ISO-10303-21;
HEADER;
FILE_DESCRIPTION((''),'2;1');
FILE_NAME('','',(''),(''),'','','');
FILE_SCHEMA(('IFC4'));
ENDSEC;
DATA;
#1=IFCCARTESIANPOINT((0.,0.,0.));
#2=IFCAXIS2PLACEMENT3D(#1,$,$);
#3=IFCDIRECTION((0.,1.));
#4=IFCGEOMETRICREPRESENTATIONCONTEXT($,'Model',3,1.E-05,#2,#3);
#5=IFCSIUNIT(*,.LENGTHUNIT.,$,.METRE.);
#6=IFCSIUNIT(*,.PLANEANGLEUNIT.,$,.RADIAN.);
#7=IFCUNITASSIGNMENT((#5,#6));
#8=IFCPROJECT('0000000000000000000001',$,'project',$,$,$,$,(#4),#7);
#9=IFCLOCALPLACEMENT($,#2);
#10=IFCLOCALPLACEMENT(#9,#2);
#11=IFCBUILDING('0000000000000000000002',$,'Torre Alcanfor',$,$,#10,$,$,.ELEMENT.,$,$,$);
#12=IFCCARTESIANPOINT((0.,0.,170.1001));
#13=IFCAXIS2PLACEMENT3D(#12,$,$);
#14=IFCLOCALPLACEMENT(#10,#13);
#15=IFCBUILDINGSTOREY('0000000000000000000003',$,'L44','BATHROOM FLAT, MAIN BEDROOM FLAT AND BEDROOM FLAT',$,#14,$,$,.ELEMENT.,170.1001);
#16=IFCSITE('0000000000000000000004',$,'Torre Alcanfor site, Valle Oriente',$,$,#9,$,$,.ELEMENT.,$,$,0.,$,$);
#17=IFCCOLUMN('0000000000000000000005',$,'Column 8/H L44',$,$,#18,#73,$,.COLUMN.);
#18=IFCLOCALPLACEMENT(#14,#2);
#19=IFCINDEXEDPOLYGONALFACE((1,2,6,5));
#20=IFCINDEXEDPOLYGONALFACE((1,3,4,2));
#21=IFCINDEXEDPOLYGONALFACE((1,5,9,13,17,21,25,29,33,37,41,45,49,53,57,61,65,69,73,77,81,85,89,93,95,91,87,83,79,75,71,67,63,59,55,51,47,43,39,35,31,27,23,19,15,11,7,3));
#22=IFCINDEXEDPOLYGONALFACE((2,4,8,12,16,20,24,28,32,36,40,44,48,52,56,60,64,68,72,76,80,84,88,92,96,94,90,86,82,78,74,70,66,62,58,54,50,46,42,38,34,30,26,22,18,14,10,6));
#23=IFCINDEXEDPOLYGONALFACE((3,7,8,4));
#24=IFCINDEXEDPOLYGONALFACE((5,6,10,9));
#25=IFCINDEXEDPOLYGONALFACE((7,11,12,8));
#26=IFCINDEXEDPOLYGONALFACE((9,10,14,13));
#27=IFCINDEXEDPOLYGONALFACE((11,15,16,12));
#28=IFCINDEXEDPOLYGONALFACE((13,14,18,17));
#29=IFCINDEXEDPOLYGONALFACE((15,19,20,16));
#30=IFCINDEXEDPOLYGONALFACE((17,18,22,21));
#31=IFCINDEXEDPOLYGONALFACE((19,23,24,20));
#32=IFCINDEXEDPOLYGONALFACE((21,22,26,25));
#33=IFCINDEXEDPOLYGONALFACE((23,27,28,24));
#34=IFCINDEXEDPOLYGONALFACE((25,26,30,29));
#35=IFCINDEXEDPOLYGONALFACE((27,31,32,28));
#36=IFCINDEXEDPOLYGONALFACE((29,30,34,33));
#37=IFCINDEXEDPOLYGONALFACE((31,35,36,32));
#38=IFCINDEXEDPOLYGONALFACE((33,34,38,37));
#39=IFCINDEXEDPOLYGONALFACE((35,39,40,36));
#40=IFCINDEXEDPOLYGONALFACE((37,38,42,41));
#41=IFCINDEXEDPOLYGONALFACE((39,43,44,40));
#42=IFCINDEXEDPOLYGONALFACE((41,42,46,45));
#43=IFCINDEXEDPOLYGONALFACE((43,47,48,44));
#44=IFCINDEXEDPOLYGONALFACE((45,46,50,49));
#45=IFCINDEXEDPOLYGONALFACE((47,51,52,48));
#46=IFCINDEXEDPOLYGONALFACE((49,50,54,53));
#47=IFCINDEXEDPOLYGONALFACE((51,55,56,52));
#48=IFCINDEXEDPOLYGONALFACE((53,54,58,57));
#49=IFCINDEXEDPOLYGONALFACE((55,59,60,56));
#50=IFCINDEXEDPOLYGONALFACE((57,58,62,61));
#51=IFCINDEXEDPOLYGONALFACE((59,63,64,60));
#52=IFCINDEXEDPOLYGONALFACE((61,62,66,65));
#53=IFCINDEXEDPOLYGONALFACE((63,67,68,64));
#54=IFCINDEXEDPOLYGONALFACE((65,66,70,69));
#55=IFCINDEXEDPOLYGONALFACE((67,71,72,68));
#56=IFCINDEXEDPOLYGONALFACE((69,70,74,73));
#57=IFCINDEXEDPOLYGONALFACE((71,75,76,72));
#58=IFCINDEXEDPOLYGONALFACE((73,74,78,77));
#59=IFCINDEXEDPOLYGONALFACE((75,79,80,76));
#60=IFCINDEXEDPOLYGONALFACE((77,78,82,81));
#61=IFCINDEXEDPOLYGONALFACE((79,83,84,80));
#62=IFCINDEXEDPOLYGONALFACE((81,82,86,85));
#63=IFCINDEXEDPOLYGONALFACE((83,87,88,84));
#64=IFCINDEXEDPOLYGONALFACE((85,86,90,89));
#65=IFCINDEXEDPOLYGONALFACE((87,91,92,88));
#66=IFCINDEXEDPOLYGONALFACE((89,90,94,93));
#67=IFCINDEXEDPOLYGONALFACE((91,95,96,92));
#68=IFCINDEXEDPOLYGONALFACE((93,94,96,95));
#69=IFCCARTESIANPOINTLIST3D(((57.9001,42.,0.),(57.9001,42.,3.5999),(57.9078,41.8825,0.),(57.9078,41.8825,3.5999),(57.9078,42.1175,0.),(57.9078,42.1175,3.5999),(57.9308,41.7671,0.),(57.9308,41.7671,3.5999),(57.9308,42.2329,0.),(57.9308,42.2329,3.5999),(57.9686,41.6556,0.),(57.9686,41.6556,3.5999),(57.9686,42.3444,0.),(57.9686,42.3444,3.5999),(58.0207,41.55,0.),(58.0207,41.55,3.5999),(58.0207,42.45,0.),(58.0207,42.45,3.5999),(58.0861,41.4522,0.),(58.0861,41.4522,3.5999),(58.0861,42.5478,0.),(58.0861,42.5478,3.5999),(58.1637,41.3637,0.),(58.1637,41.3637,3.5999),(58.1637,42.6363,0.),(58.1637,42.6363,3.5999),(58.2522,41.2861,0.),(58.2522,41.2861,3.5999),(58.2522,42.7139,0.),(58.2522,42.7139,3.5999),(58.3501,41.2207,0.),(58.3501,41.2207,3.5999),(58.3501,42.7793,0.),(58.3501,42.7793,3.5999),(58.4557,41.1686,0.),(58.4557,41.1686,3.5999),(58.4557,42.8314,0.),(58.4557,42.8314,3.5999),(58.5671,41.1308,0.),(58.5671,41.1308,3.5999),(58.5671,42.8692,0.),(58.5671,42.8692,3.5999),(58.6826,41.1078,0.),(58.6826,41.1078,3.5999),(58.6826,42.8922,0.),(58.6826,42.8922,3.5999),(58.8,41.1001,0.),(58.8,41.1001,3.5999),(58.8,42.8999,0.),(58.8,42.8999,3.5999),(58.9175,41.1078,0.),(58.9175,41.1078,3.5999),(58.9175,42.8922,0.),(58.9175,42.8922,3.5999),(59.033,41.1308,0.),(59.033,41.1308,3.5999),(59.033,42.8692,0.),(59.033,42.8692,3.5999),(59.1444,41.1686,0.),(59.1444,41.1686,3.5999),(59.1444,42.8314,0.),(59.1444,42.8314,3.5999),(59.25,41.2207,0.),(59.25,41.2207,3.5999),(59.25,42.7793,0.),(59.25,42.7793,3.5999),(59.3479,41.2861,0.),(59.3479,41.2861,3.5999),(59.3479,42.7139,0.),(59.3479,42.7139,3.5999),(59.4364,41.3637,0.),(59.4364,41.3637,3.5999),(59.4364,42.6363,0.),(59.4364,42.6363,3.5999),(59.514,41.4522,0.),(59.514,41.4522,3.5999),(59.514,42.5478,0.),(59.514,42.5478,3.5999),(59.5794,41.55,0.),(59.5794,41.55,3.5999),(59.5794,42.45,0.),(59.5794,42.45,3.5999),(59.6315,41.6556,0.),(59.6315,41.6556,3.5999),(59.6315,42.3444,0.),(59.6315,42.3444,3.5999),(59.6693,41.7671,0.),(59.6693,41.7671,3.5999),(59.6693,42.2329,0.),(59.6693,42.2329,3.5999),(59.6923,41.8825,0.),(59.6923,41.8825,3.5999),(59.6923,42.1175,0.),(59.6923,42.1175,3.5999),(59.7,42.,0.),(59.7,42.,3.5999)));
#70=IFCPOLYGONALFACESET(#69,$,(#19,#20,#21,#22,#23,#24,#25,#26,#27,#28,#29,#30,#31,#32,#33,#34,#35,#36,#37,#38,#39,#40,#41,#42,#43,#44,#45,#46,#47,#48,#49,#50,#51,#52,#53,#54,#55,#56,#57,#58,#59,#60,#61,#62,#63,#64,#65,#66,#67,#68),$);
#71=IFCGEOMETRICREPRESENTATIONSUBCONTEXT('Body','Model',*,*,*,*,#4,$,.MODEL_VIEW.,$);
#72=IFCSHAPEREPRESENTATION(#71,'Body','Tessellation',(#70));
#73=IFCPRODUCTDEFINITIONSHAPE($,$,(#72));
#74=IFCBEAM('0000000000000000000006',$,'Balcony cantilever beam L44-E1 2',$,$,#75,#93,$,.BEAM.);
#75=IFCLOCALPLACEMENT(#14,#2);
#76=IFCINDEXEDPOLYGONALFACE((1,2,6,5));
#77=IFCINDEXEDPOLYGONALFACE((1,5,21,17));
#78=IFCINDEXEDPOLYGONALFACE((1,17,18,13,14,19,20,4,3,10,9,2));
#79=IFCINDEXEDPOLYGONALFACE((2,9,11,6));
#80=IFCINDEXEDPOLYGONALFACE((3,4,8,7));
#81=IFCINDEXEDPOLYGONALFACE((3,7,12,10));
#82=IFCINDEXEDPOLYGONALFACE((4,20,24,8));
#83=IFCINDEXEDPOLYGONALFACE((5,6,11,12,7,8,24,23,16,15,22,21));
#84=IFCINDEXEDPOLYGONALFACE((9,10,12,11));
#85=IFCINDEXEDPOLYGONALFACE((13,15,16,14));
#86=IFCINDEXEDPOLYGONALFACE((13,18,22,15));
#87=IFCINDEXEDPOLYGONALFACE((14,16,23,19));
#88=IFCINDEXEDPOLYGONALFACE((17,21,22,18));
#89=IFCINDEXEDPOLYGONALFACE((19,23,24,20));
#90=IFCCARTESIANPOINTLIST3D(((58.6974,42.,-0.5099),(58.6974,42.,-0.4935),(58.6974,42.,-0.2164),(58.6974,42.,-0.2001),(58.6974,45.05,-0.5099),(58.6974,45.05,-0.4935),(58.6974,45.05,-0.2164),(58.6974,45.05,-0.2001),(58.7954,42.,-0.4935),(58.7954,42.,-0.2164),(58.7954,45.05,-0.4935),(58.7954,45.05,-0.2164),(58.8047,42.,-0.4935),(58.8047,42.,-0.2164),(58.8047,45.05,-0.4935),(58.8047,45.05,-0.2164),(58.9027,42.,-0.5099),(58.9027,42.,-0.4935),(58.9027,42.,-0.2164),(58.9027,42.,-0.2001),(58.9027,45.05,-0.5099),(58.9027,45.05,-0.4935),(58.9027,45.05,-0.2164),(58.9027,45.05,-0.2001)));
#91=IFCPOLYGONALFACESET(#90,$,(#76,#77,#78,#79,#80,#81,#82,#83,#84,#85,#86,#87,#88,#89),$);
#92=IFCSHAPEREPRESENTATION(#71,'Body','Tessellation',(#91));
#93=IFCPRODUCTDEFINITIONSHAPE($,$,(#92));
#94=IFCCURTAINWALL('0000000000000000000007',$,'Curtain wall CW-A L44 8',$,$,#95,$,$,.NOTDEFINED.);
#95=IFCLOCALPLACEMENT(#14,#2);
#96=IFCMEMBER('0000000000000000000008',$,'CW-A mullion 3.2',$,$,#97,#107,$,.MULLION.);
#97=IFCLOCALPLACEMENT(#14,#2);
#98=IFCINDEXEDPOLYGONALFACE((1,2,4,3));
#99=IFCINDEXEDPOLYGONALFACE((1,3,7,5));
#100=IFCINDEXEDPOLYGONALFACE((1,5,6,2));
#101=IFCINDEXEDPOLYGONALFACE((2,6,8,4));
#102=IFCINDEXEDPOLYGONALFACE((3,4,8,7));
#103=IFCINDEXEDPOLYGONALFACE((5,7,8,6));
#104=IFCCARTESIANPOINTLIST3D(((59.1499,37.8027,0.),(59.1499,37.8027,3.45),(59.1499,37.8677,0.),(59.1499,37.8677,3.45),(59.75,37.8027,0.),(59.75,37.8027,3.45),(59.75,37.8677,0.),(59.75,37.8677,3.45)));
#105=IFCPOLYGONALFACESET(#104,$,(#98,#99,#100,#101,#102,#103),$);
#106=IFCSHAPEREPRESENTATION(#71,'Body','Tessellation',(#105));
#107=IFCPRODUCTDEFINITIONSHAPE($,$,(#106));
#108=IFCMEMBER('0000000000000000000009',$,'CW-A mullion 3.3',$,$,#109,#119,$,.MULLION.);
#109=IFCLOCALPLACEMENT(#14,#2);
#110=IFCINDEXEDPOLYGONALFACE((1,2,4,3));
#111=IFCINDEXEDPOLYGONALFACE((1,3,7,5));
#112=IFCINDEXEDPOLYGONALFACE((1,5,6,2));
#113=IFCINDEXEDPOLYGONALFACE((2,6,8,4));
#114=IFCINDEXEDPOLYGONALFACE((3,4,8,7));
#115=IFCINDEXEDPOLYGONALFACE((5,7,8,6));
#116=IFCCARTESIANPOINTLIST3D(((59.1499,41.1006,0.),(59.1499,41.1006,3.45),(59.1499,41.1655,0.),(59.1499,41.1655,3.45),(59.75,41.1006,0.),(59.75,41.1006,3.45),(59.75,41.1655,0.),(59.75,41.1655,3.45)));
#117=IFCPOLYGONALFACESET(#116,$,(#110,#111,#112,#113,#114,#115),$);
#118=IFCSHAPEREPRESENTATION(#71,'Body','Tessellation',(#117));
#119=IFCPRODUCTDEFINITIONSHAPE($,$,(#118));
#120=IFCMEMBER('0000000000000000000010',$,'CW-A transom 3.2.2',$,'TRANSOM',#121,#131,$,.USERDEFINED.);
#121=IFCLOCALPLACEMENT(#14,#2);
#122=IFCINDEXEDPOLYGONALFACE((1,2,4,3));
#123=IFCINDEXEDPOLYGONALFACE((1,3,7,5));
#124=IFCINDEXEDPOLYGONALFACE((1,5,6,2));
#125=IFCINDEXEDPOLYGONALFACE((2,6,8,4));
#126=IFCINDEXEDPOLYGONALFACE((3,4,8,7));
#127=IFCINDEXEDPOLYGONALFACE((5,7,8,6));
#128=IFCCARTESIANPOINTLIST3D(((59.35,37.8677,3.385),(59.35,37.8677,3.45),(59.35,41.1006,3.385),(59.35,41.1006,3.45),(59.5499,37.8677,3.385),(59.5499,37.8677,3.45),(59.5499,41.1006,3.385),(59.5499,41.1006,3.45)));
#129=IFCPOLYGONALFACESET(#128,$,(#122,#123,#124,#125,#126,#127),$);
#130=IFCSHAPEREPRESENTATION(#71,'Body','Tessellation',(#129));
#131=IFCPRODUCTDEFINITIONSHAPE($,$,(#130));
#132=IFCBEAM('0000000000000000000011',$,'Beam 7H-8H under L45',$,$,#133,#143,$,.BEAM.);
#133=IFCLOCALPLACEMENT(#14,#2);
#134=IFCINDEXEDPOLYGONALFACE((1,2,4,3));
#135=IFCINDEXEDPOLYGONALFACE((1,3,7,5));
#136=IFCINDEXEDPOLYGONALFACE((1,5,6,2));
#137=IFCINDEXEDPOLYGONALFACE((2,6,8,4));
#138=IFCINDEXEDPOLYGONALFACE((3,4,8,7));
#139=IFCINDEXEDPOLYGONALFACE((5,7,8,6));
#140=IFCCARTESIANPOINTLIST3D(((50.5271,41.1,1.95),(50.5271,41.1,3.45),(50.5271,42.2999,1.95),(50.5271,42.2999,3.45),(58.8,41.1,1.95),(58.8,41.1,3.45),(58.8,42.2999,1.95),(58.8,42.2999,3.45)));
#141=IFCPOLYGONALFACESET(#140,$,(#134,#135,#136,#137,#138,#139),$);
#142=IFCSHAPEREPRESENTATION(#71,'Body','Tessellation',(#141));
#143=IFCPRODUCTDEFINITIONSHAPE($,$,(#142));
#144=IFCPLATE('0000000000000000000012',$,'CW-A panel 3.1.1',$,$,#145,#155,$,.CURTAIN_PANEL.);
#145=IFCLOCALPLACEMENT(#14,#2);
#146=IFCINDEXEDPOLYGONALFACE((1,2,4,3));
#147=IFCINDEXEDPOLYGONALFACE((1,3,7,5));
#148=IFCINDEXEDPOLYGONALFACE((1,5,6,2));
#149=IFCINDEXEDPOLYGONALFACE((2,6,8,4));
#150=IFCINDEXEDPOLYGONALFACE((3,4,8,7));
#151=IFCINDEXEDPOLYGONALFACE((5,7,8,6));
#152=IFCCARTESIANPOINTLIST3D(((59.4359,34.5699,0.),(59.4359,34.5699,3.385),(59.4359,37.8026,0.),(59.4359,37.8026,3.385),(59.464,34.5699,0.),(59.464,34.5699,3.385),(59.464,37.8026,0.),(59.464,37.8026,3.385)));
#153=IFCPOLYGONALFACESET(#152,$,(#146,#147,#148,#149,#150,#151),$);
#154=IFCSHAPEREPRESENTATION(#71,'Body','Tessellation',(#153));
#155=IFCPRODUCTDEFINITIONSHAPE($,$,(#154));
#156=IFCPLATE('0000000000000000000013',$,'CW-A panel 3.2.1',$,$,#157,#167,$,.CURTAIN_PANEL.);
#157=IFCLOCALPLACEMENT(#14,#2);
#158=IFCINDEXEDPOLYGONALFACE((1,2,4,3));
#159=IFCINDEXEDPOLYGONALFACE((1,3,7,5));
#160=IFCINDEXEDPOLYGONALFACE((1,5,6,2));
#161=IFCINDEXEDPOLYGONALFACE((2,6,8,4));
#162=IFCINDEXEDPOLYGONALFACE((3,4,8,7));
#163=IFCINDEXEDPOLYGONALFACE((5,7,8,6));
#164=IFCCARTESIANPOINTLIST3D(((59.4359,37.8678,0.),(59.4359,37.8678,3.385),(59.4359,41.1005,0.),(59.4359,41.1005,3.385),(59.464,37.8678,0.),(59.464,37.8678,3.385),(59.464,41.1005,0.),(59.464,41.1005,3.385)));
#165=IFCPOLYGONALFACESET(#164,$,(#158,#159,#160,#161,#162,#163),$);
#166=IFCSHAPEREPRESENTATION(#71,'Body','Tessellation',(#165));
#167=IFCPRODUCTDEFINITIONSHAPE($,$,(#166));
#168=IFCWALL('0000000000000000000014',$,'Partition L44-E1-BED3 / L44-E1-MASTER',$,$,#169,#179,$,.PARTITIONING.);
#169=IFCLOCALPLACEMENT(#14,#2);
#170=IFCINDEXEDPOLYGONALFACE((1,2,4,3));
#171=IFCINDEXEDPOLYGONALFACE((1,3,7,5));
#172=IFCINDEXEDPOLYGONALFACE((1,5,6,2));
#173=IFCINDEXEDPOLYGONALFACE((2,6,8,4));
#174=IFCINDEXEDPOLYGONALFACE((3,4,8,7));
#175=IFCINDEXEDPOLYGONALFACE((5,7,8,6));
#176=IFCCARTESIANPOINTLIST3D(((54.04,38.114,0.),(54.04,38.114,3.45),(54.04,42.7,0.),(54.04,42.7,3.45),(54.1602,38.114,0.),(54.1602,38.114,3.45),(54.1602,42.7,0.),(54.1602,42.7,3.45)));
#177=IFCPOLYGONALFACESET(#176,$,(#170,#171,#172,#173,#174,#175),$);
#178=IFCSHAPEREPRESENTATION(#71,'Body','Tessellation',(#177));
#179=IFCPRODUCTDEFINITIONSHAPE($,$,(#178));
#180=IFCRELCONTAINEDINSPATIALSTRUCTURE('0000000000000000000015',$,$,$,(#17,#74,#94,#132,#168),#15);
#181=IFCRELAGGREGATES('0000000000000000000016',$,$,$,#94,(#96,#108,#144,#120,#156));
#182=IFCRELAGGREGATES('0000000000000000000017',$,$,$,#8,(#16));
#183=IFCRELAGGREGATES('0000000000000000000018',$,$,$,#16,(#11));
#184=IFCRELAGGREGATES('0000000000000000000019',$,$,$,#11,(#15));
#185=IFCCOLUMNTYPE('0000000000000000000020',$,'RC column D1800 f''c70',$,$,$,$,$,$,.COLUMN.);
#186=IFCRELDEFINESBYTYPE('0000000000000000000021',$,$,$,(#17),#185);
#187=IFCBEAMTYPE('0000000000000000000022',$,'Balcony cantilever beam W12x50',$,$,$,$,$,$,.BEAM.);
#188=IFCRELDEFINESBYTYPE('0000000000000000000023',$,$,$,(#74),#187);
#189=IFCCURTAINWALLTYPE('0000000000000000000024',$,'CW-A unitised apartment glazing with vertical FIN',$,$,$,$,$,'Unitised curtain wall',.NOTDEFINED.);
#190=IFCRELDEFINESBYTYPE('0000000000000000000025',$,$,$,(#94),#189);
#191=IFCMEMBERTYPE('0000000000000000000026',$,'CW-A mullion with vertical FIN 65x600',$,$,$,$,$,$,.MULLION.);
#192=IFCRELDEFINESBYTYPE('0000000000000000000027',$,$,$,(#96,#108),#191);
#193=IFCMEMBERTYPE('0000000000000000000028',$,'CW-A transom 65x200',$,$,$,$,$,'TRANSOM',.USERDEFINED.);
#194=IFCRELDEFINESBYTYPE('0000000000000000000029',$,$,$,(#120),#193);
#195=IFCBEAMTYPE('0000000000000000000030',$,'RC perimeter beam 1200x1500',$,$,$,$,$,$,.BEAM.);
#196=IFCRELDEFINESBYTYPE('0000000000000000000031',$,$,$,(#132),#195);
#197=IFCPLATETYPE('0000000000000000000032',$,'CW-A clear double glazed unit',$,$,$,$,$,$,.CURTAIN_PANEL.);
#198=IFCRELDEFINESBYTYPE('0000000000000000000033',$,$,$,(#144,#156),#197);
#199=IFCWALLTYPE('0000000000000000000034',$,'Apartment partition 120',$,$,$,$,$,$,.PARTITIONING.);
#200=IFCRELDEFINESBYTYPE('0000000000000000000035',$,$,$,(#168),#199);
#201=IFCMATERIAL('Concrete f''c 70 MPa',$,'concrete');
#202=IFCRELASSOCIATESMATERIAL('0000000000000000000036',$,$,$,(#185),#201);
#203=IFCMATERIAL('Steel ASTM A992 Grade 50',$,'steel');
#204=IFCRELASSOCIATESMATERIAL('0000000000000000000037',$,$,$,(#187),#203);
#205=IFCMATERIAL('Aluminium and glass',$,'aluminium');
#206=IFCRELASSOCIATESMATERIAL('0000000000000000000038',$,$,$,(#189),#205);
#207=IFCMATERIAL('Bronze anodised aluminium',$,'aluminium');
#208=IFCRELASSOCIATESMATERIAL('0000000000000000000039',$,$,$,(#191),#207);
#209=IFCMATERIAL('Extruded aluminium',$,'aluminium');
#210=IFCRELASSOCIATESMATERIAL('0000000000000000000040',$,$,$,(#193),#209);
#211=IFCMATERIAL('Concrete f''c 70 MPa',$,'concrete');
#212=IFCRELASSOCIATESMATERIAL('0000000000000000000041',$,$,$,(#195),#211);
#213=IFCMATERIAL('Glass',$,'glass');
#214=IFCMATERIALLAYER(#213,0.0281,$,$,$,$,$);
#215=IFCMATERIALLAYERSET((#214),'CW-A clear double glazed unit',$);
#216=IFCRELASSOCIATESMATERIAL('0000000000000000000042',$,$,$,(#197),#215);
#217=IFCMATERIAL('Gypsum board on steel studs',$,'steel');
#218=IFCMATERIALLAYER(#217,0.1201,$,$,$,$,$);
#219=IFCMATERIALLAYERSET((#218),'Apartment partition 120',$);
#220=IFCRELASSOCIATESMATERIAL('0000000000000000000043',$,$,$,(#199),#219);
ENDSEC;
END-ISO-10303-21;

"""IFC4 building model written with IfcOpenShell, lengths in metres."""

from ifc_helpers import new_model, si_unit, direction, frame, frame_2d, origin, origin_2d, place, context, subcontext, project, spatial, rectangle, circle, i_section, extrude, material, layer, layer_set, material_profile, profile_set, type_object, element, aggregate, save


model = new_model("IFC4")

# Units and contexts
model_context = context("Model", 3, precision=1e-05, world=origin(), true_north=direction((0.0, 1.0)))
body_context = subcontext(model_context, "Body", "Model", "MODEL_VIEW")
ifc_project = project(units=[si_unit("LENGTHUNIT", "METRE"), si_unit("PLANEANGLEUNIT", "RADIAN")], contexts=[model_context])

# Site, building, storey
site_placement = place(None, origin())
site = spatial("IfcSite", under=ifc_project, at=site_placement, Name="Torre Alcanfor site, Valle Oriente", CompositionType="ELEMENT", RefElevation=0.0)
building_placement = place(site_placement, origin())
building = spatial("IfcBuilding", under=site, at=building_placement, Name="Torre Alcanfor", CompositionType="ELEMENT")
storey_placement = place(building_placement, frame((0.0, 0.0, 170.1001)))
storey = spatial("IfcBuildingStorey", under=building, at=storey_placement, Name="L44", Description="BATHROOM FLAT, MAIN BEDROOM FLAT AND BEDROOM FLAT", CompositionType="ELEMENT", Elevation=170.1001)

# Column
ifc_material_1 = material(Name="Concrete f'c 70 MPa", Category="concrete")
ifc_material_profile_1 = material_profile(ifc_material_1, circle(Radius=0.8999, at=origin_2d()), Name="D1800")
ifc_profile_set_1 = profile_set([ifc_material_profile_1], Name="Concrete f'c 70 MPa")
column_type = type_object("IfcColumnType", Name="RC column D1800 f'c70", PredefinedType="COLUMN", material=ifc_profile_set_1)
column_placement = place(storey_placement, frame((58.8, 42.0, 0.0), z_axis=(0.0, 0.0, 1.0), x_axis=(1.0, 0.0, 0.0)))
element("IfcColumn", 1, at=column_placement, inside=storey, type_object=column_type, Name="Column 8/H L44", PredefinedType="COLUMN", context=body_context, shape_type="SweptSolid", body=[
    extrude(circle(Radius=0.8999, at=origin_2d()), origin(), (0.0, 0.0, 1.0), 3.5999),
])

# Beam
ifc_material_2 = material(Name="Steel ASTM A992 Grade 50", Category="steel")
ifc_material_profile_2 = material_profile(ifc_material_2, i_section(OverallWidth=0.2053, OverallDepth=0.3098, WebThickness=0.0093, FlangeThickness=0.0164, at=origin_2d()), Name="W12x50")
ifc_profile_set_2 = profile_set([ifc_material_profile_2], Name="Steel ASTM A992 Grade 50")
beam_type_1 = type_object("IfcBeamType", Name="Balcony cantilever beam W12x50", PredefinedType="BEAM", material=ifc_profile_set_2)
beam_1_placement = place(storey_placement, frame((58.8, 42.0, -0.355), z_axis=(0.0, 1.0, 0.0), x_axis=(-1.0, 0.0, 0.0)))
element("IfcBeam", 2, at=beam_1_placement, inside=storey, type_object=beam_type_1, Name="Balcony cantilever beam L44-E1 2", PredefinedType="BEAM", context=body_context, shape_type="SweptSolid", body=[
    extrude(i_section(OverallWidth=0.2053, OverallDepth=0.3098, WebThickness=0.0093, FlangeThickness=0.0164, at=origin_2d()), origin(), (0.0, 0.0, 1.0), 3.05),
])

# Curtain wall, members
ifc_material_3 = material(Name="Aluminium and glass", Category="aluminium")
curtain_wall_type = type_object("IfcCurtainWallType", Name="CW-A unitised apartment glazing with vertical FIN", ElementType="Unitised curtain wall", PredefinedType="NOTDEFINED", material=ifc_material_3)
curtain_wall_placement = place(storey_placement, origin())
curtain_wall = element("IfcCurtainWall", 3, at=curtain_wall_placement, inside=storey, type_object=curtain_wall_type, Name="Curtain wall CW-A L44 8", PredefinedType="NOTDEFINED")
ifc_material_4 = material(Name="Bronze anodised aluminium", Category="aluminium")
ifc_material_profile_3 = material_profile(ifc_material_4, rectangle(XDim=0.6001, YDim=0.0649, at=origin_2d()), Name="CW-A mullion 65x600")
ifc_profile_set_3 = profile_set([ifc_material_profile_3], Name="Bronze anodised aluminium")
member_type_1 = type_object("IfcMemberType", Name="CW-A mullion with vertical FIN 65x600", PredefinedType="MULLION", material=ifc_profile_set_3)
member_1_placement = place(storey_placement, frame((59.45, 37.8352, 0.0), z_axis=(0.0, 0.0, 1.0), x_axis=(-1.0, 0.0, 0.0)))
member_1 = element("IfcMember", 4, at=member_1_placement, type_object=member_type_1, Name="CW-A mullion 3.2", PredefinedType="MULLION", context=body_context, shape_type="SweptSolid", body=[
    extrude(rectangle(XDim=0.6001, YDim=0.0649, at=origin_2d()), origin(), (0.0, 0.0, 1.0), 3.45),
])
member_2_placement = place(storey_placement, frame((59.45, 41.1331, 0.0), z_axis=(0.0, 0.0, 1.0), x_axis=(-1.0, 0.0, 0.0)))
member_2 = element("IfcMember", 5, at=member_2_placement, type_object=member_type_1, Name="CW-A mullion 3.3", PredefinedType="MULLION", context=body_context, shape_type="SweptSolid", body=[
    extrude(rectangle(XDim=0.6001, YDim=0.0649, at=origin_2d()), origin(), (0.0, 0.0, 1.0), 3.45),
])
ifc_material_5 = material(Name="Extruded aluminium", Category="aluminium")
ifc_material_profile_4 = material_profile(ifc_material_5, rectangle(XDim=0.2, YDim=0.0649, at=origin_2d()), Name="CW-A transom 200x65")
ifc_profile_set_4 = profile_set([ifc_material_profile_4], Name="Extruded aluminium")
member_type_2 = type_object("IfcMemberType", Name="CW-A transom 65x200", ElementType="TRANSOM", PredefinedType="USERDEFINED", material=ifc_profile_set_4)
member_3_placement = place(storey_placement, frame((59.45, 37.8677, 3.4175), z_axis=(0.0, 1.0, 0.0), x_axis=(-1.0, 0.0, 0.0)))
member_3 = element("IfcMember", 6, at=member_3_placement, type_object=member_type_2, Name="CW-A transom 3.2.2", ObjectType="TRANSOM", PredefinedType="USERDEFINED", context=body_context, shape_type="SweptSolid", body=[
    extrude(rectangle(XDim=0.2, YDim=0.0649, at=origin_2d()), origin(), (0.0, 0.0, 1.0), 3.2329),
])

# Beam
ifc_material_6 = material(Name="Concrete f'c 70 MPa", Category="concrete")
ifc_material_profile_5 = material_profile(ifc_material_6, rectangle(XDim=1.2, YDim=1.5, at=origin_2d()), Name="1200x1500")
ifc_profile_set_5 = profile_set([ifc_material_profile_5], Name="Concrete f'c 70 MPa")
beam_type_2 = type_object("IfcBeamType", Name="RC perimeter beam 1200x1500", PredefinedType="BEAM", material=ifc_profile_set_5)
beam_2_placement = place(storey_placement, frame((50.5271, 41.7, 2.7), z_axis=(1.0, 0.0, 0.0), x_axis=(0.0, 1.0, 0.0)))
element("IfcBeam", 7, at=beam_2_placement, inside=storey, type_object=beam_type_2, Name="Beam 7H-8H under L45", PredefinedType="BEAM", context=body_context, shape_type="SweptSolid", body=[
    extrude(rectangle(XDim=1.2, YDim=1.5, at=origin_2d()), origin(), (0.0, 0.0, 1.0), 8.2729),
])

# Plates
ifc_material_7 = material(Name="Glass", Category="glass")
ifc_layer_1 = layer(ifc_material_7, 0.0281)
ifc_layer_set_1 = layer_set([ifc_layer_1], Name="CW-A clear double glazed unit")
plate_type = type_object("IfcPlateType", Name="CW-A clear double glazed unit", PredefinedType="CURTAIN_PANEL", material=ifc_layer_set_1)
plate_1_placement = place(storey_placement, frame((59.45, 36.1863, 0.0), z_axis=(0.0, 0.0, 1.0), x_axis=(0.0, 1.0, 0.0)))
plate_1 = element("IfcPlate", 8, at=plate_1_placement, type_object=plate_type, Name="CW-A panel 3.1.1", PredefinedType="CURTAIN_PANEL", context=body_context, shape_type="SweptSolid", body=[
    extrude(rectangle(XDim=3.2327, YDim=0.0281, at=origin_2d()), origin(), (0.0, 0.0, 1.0), 3.385),
])
plate_2_placement = place(storey_placement, frame((59.45, 39.4841, 0.0), z_axis=(0.0, 0.0, 1.0), x_axis=(0.0, 1.0, 0.0)))
plate_2 = element("IfcPlate", 9, at=plate_2_placement, type_object=plate_type, Name="CW-A panel 3.2.1", PredefinedType="CURTAIN_PANEL", context=body_context, shape_type="SweptSolid", body=[
    extrude(rectangle(XDim=3.2327, YDim=0.0281, at=origin_2d()), origin(), (0.0, 0.0, 1.0), 3.385),
])
aggregate(curtain_wall, [member_1, member_2, plate_1, member_3, plate_2])

# Wall
ifc_material_8 = material(Name="Gypsum board on steel studs", Category="steel")
ifc_layer_2 = layer(ifc_material_8, 0.1201)
ifc_layer_set_2 = layer_set([ifc_layer_2], Name="Apartment partition 120")
wall_type_1 = type_object("IfcWallType", Name="Apartment partition 120", PredefinedType="PARTITIONING", material=ifc_layer_set_2)
wall_1_placement = place(storey_placement, frame((54.1001, 38.114, 0.0), z_axis=(0.0, 0.0, 1.0), x_axis=(0.0, 1.0, 0.0)))
element("IfcWall", 10, at=wall_1_placement, inside=storey, type_object=wall_type_1, Name="Partition L44-E1-BED3 / L44-E1-MASTER", PredefinedType="PARTITIONING", context=body_context, shape_type="SweptSolid", body=[
    extrude(rectangle(XDim=4.5859, YDim=0.1201, at=frame_2d((2.293, 0.0))), origin(), (0.0, 0.0, 1.0), 3.45),
])

save(model, "model.ifc")
